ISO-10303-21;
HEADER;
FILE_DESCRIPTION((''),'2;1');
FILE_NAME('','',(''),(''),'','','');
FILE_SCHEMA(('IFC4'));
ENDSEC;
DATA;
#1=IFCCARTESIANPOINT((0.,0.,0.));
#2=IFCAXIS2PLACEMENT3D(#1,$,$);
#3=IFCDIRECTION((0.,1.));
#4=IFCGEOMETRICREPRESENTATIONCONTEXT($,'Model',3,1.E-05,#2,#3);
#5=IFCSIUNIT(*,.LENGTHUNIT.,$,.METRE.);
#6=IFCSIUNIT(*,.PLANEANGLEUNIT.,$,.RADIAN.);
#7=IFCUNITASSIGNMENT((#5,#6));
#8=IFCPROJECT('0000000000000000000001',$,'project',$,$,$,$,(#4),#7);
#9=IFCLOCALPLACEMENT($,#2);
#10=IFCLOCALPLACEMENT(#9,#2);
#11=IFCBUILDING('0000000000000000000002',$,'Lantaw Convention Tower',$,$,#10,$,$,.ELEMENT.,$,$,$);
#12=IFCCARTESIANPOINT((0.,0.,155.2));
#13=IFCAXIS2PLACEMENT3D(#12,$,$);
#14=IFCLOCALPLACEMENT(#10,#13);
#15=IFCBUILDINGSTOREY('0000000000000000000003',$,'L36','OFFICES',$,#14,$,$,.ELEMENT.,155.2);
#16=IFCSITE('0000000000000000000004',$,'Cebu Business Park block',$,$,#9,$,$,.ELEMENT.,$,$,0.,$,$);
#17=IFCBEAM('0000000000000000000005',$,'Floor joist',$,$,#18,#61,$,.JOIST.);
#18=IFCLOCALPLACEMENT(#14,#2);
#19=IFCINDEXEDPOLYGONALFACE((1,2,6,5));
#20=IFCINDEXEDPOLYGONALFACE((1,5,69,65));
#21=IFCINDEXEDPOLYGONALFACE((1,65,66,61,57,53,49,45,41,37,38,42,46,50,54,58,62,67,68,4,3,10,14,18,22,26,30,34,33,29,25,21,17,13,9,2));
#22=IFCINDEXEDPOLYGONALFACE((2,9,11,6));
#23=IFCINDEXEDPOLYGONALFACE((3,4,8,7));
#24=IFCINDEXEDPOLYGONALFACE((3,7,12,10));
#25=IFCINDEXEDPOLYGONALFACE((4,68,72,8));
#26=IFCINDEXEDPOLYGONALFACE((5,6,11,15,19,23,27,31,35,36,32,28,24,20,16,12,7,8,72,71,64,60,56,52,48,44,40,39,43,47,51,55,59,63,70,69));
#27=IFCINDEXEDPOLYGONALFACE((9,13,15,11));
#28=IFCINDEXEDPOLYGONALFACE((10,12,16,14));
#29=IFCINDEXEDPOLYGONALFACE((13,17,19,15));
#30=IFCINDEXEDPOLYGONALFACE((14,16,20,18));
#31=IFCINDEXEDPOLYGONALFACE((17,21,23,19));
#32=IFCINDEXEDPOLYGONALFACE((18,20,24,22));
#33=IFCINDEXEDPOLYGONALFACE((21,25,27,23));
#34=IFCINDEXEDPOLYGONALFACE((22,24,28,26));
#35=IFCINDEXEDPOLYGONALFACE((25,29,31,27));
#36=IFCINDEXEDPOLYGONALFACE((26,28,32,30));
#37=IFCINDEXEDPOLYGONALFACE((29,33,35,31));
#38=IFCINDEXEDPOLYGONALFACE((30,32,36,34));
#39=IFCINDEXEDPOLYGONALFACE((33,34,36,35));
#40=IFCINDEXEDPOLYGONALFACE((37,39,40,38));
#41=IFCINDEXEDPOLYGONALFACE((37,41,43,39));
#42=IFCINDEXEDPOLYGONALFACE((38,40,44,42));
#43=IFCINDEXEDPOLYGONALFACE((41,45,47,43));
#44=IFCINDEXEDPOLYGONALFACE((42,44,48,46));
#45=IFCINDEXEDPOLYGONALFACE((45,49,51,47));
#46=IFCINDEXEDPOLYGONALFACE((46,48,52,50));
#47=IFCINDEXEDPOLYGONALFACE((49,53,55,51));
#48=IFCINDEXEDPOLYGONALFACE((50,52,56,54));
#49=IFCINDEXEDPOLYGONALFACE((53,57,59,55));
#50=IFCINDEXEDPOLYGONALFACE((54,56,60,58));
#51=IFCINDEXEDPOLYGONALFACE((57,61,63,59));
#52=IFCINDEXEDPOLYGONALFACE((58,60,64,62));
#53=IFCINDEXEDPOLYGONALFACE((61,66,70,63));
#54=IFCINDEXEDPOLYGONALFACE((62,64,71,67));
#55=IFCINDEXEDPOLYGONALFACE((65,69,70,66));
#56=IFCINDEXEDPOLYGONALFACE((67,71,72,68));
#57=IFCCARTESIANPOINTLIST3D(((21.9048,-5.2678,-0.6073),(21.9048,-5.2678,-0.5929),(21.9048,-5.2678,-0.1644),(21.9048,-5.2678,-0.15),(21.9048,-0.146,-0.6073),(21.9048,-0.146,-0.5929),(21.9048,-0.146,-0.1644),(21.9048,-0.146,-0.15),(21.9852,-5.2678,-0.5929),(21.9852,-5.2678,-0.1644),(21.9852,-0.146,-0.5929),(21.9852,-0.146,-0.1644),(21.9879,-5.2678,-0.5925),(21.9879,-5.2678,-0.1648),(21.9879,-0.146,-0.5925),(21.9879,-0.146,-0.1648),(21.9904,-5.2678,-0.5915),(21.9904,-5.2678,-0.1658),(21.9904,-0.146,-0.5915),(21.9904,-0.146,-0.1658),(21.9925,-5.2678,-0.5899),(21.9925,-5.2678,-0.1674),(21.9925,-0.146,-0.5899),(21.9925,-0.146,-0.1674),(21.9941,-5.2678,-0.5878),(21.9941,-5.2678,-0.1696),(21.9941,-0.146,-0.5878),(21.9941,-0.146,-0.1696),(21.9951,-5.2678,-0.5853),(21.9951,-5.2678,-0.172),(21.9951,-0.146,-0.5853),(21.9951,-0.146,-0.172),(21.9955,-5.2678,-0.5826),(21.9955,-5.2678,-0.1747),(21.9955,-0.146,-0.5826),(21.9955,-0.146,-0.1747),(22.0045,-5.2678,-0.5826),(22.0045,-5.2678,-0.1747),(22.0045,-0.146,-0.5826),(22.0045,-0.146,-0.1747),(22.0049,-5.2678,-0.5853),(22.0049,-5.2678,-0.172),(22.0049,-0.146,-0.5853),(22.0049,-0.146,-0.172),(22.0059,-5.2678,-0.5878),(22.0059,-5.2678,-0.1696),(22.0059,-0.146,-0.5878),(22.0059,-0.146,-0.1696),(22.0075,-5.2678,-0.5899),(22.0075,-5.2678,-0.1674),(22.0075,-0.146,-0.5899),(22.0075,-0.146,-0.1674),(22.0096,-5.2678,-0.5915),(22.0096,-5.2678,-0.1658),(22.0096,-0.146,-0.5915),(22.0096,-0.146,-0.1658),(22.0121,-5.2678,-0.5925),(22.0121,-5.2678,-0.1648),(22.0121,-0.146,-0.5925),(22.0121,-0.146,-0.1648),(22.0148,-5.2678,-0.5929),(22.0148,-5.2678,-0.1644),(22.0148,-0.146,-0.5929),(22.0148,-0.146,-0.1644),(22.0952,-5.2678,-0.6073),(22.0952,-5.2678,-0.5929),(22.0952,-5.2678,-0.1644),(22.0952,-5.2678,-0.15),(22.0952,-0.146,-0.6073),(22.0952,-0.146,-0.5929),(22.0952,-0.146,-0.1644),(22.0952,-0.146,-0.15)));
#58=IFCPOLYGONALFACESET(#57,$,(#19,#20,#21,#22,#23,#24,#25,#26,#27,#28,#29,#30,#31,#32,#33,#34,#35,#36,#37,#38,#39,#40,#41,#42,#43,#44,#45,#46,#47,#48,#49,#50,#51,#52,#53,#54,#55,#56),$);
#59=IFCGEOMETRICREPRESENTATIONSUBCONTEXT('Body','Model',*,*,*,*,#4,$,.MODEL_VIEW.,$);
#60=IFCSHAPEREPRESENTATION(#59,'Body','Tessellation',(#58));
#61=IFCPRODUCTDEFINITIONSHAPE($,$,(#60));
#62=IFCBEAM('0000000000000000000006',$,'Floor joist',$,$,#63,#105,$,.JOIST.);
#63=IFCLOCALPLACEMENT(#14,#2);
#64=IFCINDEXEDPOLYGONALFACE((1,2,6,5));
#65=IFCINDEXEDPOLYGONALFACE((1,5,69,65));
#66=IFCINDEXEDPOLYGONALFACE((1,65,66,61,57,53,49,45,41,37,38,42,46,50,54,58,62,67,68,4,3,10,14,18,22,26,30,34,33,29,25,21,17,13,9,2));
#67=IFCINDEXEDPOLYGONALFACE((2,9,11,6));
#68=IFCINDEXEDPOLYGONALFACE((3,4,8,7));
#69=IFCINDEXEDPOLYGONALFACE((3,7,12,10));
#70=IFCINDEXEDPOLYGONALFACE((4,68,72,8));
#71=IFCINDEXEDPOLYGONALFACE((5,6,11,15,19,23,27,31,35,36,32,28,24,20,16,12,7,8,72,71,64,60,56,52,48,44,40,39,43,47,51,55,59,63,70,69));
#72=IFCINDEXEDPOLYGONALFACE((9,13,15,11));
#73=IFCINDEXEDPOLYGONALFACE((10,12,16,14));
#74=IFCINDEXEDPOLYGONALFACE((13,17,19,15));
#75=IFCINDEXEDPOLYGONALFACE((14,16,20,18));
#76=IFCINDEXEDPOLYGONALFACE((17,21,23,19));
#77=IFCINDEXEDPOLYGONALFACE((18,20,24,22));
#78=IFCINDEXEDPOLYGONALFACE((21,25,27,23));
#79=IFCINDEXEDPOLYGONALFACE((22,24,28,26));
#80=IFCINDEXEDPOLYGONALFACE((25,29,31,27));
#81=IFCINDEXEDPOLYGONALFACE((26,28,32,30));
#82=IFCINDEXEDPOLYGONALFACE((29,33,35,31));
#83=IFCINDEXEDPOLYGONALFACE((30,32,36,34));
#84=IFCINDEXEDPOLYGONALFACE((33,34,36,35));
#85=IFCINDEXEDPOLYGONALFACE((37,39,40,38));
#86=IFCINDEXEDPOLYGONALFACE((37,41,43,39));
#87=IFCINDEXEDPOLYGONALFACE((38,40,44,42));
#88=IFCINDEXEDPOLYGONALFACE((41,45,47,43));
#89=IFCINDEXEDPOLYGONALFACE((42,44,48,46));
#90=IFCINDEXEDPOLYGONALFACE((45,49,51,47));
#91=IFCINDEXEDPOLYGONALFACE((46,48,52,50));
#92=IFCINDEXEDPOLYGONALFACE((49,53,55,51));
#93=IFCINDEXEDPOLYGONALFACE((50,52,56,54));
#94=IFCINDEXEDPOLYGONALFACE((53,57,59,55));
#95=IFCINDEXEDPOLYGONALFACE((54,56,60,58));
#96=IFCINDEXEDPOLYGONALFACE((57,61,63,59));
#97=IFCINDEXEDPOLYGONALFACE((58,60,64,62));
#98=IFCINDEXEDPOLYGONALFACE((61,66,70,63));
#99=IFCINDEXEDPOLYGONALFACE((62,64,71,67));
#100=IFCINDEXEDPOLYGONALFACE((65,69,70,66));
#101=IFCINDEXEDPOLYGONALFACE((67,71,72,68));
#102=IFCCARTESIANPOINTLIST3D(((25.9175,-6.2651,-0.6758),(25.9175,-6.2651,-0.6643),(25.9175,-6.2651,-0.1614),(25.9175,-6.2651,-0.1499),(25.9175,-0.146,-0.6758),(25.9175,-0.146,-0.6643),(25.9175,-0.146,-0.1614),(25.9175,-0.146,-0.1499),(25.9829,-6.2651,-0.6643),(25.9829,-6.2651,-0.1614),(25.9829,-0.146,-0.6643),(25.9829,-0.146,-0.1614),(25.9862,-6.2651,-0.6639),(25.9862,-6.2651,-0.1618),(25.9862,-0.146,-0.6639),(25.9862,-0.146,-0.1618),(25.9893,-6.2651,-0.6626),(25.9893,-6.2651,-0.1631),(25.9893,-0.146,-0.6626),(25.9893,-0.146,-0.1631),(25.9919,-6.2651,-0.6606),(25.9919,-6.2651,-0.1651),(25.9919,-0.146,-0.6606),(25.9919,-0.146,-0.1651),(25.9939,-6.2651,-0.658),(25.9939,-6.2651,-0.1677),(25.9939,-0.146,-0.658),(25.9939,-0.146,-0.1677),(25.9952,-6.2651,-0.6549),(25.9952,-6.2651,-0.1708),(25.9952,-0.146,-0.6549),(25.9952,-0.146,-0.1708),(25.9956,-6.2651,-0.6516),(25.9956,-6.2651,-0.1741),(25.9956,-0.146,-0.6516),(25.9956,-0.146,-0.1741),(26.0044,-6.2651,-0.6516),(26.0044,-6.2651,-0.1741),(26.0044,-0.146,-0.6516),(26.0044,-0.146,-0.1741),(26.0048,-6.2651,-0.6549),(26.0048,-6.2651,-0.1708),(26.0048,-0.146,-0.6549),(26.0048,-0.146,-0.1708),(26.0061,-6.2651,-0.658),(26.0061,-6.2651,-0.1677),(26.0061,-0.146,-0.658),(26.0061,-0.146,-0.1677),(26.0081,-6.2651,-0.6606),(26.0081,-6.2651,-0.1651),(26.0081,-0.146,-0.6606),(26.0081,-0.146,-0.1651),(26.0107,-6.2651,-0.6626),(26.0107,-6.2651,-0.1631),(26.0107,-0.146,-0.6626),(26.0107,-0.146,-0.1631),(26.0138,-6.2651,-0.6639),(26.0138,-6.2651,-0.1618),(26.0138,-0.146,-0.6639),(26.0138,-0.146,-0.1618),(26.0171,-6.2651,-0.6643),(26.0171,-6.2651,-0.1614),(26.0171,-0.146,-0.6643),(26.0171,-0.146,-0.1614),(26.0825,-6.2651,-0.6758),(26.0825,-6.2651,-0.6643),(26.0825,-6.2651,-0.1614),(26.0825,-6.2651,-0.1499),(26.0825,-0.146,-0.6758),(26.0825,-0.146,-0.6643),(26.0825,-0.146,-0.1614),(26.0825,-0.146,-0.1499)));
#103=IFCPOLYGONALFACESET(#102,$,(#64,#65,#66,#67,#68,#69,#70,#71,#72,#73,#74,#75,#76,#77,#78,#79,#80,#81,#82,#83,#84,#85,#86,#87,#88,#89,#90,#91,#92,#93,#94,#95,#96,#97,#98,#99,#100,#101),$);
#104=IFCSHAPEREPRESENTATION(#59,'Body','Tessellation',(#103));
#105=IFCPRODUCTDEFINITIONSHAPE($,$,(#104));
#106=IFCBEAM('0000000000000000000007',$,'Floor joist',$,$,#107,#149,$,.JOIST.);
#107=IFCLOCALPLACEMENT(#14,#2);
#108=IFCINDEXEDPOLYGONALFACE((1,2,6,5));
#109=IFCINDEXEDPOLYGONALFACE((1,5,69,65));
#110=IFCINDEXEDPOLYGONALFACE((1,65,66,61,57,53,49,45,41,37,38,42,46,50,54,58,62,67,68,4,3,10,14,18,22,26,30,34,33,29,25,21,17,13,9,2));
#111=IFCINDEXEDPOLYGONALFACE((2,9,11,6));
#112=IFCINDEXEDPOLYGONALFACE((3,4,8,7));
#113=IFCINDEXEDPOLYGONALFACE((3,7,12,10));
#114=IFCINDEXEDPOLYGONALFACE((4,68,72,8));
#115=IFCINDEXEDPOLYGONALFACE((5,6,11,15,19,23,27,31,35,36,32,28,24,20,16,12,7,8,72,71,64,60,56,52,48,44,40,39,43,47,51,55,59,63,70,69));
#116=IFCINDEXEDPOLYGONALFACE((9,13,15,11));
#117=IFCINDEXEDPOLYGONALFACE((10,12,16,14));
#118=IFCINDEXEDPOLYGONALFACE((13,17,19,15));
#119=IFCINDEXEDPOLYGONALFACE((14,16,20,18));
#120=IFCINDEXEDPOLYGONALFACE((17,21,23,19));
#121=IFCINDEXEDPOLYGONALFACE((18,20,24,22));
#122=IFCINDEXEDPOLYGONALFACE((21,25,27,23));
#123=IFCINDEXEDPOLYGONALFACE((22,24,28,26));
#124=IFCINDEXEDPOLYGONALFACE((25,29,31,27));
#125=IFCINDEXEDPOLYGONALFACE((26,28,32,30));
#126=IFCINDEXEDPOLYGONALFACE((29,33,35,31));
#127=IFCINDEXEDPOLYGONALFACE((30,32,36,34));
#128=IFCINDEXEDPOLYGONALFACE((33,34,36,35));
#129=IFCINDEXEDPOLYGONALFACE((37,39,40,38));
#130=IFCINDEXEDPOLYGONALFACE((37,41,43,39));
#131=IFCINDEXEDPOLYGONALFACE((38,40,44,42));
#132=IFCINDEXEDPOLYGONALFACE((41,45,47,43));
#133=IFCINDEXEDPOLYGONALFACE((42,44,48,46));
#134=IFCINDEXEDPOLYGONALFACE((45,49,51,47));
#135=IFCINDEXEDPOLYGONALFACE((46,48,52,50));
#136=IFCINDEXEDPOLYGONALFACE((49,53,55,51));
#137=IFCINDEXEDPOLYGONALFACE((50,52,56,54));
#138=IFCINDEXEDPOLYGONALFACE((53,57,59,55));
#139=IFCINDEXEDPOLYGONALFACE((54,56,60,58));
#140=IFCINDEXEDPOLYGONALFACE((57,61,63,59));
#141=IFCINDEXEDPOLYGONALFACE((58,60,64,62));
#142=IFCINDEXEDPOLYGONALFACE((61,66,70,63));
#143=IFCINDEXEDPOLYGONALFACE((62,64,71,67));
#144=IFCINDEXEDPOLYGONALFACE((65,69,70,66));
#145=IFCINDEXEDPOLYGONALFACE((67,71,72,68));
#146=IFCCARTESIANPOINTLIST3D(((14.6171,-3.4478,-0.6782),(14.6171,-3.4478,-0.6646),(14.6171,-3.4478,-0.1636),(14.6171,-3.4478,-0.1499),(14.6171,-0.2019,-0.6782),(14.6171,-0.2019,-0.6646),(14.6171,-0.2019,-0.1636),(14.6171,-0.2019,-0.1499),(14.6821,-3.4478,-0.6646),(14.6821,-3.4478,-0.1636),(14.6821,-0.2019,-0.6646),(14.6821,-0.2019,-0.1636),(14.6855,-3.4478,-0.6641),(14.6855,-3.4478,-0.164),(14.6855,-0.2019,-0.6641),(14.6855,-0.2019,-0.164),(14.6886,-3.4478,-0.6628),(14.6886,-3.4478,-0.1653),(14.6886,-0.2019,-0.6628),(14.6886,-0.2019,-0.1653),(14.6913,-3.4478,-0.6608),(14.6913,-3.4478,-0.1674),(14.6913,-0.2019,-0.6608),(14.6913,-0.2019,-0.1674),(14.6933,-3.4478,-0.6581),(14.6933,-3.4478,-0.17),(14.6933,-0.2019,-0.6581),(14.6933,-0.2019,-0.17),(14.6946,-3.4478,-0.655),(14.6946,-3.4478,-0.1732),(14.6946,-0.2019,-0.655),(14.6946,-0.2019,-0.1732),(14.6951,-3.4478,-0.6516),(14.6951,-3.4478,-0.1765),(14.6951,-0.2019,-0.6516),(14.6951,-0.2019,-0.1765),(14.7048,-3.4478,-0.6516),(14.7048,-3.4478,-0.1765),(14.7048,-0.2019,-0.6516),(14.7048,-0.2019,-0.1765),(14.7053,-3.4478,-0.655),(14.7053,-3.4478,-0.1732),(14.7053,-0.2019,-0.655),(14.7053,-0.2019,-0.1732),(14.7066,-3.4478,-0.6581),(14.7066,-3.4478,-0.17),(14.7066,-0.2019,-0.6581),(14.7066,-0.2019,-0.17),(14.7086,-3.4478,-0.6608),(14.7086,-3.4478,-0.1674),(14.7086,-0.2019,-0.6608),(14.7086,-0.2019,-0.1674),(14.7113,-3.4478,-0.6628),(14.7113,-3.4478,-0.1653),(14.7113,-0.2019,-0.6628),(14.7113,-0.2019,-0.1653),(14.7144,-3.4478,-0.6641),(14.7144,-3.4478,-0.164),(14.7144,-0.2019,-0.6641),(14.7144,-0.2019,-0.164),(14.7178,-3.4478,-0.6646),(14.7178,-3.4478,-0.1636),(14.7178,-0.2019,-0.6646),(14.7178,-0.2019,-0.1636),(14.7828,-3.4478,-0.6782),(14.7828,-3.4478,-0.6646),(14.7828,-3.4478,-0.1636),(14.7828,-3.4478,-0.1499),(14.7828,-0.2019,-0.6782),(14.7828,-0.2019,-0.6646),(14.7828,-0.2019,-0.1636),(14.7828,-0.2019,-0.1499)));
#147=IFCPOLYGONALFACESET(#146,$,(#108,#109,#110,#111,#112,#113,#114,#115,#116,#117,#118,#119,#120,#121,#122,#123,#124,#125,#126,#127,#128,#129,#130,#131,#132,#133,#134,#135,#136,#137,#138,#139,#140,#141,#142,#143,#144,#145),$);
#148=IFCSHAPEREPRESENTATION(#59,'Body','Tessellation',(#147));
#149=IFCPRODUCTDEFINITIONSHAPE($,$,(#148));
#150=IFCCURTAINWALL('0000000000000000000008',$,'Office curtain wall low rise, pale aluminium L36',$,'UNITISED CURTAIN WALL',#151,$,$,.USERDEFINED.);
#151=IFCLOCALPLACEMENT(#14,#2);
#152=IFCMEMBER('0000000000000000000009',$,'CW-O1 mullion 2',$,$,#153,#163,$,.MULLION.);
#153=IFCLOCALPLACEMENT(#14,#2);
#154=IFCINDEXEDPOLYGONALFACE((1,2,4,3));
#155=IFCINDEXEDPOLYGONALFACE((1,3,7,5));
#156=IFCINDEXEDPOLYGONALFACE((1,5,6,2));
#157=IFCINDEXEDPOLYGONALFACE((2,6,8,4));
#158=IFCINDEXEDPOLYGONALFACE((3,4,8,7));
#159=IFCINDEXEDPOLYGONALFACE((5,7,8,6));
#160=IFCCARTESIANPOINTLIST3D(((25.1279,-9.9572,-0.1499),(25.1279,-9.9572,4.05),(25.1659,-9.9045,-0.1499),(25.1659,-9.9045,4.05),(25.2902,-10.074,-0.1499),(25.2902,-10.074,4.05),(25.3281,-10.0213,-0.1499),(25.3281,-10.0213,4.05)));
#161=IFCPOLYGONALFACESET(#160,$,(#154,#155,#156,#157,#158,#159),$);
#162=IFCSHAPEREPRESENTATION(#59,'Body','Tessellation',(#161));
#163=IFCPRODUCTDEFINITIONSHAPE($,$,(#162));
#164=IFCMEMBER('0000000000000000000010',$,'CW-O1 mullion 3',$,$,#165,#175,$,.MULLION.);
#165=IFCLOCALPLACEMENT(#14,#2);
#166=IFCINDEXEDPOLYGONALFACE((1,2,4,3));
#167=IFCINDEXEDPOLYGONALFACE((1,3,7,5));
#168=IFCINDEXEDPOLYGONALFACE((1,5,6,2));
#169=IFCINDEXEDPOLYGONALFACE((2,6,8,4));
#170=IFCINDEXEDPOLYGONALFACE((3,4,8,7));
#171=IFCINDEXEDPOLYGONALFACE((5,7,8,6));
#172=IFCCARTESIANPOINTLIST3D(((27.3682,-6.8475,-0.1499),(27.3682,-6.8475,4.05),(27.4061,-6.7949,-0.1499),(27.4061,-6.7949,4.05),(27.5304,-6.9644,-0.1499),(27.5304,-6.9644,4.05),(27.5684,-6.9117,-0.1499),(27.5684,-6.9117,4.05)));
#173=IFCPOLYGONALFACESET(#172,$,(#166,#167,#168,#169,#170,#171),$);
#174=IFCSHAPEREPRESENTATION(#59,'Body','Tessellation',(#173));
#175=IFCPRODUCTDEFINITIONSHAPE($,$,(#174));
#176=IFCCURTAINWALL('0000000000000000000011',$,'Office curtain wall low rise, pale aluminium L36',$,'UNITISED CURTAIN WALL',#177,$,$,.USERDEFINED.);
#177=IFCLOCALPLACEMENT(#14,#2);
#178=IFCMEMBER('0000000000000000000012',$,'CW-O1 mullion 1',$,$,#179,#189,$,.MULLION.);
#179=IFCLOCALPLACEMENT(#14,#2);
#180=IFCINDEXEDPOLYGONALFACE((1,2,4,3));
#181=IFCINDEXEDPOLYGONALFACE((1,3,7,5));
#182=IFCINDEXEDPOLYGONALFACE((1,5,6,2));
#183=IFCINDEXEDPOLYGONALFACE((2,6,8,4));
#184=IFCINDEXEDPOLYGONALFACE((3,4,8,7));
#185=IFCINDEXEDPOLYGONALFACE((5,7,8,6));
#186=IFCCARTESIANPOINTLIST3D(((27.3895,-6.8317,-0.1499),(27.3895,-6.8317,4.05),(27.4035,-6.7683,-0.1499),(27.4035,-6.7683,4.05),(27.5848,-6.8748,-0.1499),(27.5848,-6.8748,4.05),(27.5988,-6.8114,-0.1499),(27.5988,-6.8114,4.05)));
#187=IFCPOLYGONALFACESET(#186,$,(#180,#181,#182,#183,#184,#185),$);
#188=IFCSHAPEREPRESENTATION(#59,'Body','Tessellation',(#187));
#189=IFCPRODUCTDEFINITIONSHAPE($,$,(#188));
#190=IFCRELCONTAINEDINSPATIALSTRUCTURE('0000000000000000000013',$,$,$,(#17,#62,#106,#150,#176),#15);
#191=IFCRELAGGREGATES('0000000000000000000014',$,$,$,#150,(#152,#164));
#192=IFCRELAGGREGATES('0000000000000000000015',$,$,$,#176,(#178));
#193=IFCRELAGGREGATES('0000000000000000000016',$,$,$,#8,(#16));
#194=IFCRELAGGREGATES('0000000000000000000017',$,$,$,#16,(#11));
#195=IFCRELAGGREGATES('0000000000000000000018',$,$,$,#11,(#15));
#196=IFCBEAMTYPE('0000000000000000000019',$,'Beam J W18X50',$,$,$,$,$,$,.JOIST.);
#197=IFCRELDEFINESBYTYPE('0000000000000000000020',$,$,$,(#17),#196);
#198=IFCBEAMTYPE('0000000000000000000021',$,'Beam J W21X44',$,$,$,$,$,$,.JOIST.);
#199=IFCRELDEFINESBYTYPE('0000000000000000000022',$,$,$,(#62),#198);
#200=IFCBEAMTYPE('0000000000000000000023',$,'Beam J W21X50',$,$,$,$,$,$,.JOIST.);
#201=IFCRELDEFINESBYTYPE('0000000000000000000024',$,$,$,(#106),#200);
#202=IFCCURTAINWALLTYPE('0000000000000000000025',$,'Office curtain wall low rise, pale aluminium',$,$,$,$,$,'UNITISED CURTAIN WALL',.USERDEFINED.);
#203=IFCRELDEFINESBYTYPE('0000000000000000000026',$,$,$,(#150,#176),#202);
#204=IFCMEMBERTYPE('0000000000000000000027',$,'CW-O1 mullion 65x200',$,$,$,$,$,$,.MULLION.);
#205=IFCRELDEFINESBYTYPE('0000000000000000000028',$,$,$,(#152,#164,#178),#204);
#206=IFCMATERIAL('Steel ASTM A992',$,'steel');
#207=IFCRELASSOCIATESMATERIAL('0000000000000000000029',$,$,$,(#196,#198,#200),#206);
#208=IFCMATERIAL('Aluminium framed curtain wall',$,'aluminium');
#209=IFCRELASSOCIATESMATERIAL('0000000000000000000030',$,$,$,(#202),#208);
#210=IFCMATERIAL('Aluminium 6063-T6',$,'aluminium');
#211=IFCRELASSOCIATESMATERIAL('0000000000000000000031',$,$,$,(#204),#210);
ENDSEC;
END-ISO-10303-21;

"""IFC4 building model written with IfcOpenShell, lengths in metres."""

from ifc_helpers import new_model, si_unit, direction, frame, origin, origin_2d, place, context, subcontext, project, spatial, rectangle, i_section, extrude, material, material_profile, profile_set, type_object, element, aggregate, save


model = new_model("IFC4")

# Units and contexts
model_context = context("Model", 3, precision=1e-05, world=origin(), true_north=direction((0.0, 1.0)))
body_context = subcontext(model_context, "Body", "Model", "MODEL_VIEW")
ifc_project = project(units=[si_unit("LENGTHUNIT", "METRE"), si_unit("PLANEANGLEUNIT", "RADIAN")], contexts=[model_context])

# Site, building, storey
site_placement = place(None, origin())
site = spatial("IfcSite", under=ifc_project, at=site_placement, Name="Cebu Business Park block", CompositionType="ELEMENT", RefElevation=0.0)
building_placement = place(site_placement, origin())
building = spatial("IfcBuilding", under=site, at=building_placement, Name="Lantaw Convention Tower", CompositionType="ELEMENT")
storey_placement = place(building_placement, frame((0.0, 0.0, 155.2)))
storey = spatial("IfcBuildingStorey", under=building, at=storey_placement, Name="L36", Description="OFFICES", CompositionType="ELEMENT", Elevation=155.2)

# Beams
ifc_material_1 = material(Name="Steel ASTM A992", Category="steel")
ifc_material_profile_1 = material_profile(ifc_material_1, i_section(OverallWidth=0.1904, OverallDepth=0.4573, WebThickness=0.009, FlangeThickness=0.0144, FilletRadius=0.0103, at=origin_2d()), Name="W18X50")
ifc_profile_set_1 = profile_set([ifc_material_profile_1], Name="Steel ASTM A992")
beam_type_1 = type_object("IfcBeamType", Name="Beam J W18X50", PredefinedType="JOIST", material=ifc_profile_set_1)
beam_1_placement = place(storey_placement, frame((22.0, -5.2678, -0.3787), z_axis=(0.0, 1.0, 0.0), x_axis=(-1.0, 0.0, 0.0)))
element("IfcBeam", 1, at=beam_1_placement, inside=storey, type_object=beam_type_1, Name="Floor joist", PredefinedType="JOIST", context=body_context, shape_type="SweptSolid", body=[
    extrude(i_section(OverallWidth=0.1904, OverallDepth=0.4573, WebThickness=0.009, FlangeThickness=0.0144, FilletRadius=0.0103, at=origin_2d()), origin(), (0.0, 0.0, 1.0), 5.1218),
])
ifc_material_profile_2 = material_profile(ifc_material_1, i_section(OverallWidth=0.165, OverallDepth=0.5259, WebThickness=0.0088, FlangeThickness=0.0115, FilletRadius=0.0127, at=origin_2d()), Name="W21X44")
ifc_profile_set_2 = profile_set([ifc_material_profile_2], Name="Steel ASTM A992")
beam_type_2 = type_object("IfcBeamType", Name="Beam J W21X44", PredefinedType="JOIST", material=ifc_profile_set_2)
beam_2_placement = place(storey_placement, frame((26.0, -6.2651, -0.4128), z_axis=(0.0, 1.0, 0.0), x_axis=(-1.0, 0.0, 0.0)))
element("IfcBeam", 2, at=beam_2_placement, inside=storey, type_object=beam_type_2, Name="Floor joist", PredefinedType="JOIST", context=body_context, shape_type="SweptSolid", body=[
    extrude(i_section(OverallWidth=0.165, OverallDepth=0.5259, WebThickness=0.0088, FlangeThickness=0.0115, FilletRadius=0.0127, at=origin_2d()), origin(), (0.0, 0.0, 1.0), 6.1191),
])
ifc_material_profile_3 = material_profile(ifc_material_1, i_section(OverallWidth=0.1658, OverallDepth=0.5283, WebThickness=0.0098, FlangeThickness=0.0137, FilletRadius=0.0129, at=origin_2d()), Name="W21X50")
ifc_profile_set_3 = profile_set([ifc_material_profile_3], Name="Steel ASTM A992")
beam_type_3 = type_object("IfcBeamType", Name="Beam J W21X50", PredefinedType="JOIST", material=ifc_profile_set_3)
beam_3_placement = place(storey_placement, frame((14.7, -3.4478, -0.4141), z_axis=(0.0, 1.0, 0.0), x_axis=(-1.0, 0.0, 0.0)))
element("IfcBeam", 3, at=beam_3_placement, inside=storey, type_object=beam_type_3, Name="Floor joist", PredefinedType="JOIST", context=body_context, shape_type="SweptSolid", body=[
    extrude(i_section(OverallWidth=0.1658, OverallDepth=0.5283, WebThickness=0.0098, FlangeThickness=0.0137, FilletRadius=0.0129, at=origin_2d()), origin(), (0.0, 0.0, 1.0), 3.2458),
])

# Curtain walls, members
ifc_material_2 = material(Name="Aluminium framed curtain wall", Category="aluminium")
curtain_wall_type = type_object("IfcCurtainWallType", Name="Office curtain wall low rise, pale aluminium", ElementType="UNITISED CURTAIN WALL", PredefinedType="USERDEFINED", material=ifc_material_2)
curtain_wall_1_placement = place(storey_placement, origin())
curtain_wall_1 = element("IfcCurtainWall", 4, at=curtain_wall_1_placement, inside=storey, type_object=curtain_wall_type, Name="Office curtain wall low rise, pale aluminium L36", ObjectType="UNITISED CURTAIN WALL", PredefinedType="USERDEFINED")
ifc_material_3 = material(Name="Aluminium 6063-T6", Category="aluminium")
ifc_material_profile_4 = material_profile(ifc_material_3, rectangle(XDim=0.2, YDim=0.0649, at=origin_2d()), Name="CW-O1 mullion 65x200")
ifc_profile_set_4 = profile_set([ifc_material_profile_4], Name="Aluminium 6063-T6")
member_type_1 = type_object("IfcMemberType", Name="CW-O1 mullion 65x200", PredefinedType="MULLION", material=ifc_profile_set_4)
member_1_placement = place(storey_placement, frame((25.228, -9.9893, -0.1499), z_axis=(0.0, 0.0, 1.0), x_axis=(-0.811385, 0.584513, 0.0)))
member_1 = element("IfcMember", 5, at=member_1_placement, type_object=member_type_1, Name="CW-O1 mullion 2", PredefinedType="MULLION", context=body_context, shape_type="SweptSolid", body=[
    extrude(rectangle(XDim=0.2, YDim=0.0649, at=origin_2d()), origin(), (0.0, 0.0, 1.0), 4.2),
])
member_2_placement = place(storey_placement, frame((27.4683, -6.8796, -0.1499), z_axis=(0.0, 0.0, 1.0), x_axis=(-0.811385, 0.584513, 0.0)))
member_2 = element("IfcMember", 6, at=member_2_placement, type_object=member_type_1, Name="CW-O1 mullion 3", PredefinedType="MULLION", context=body_context, shape_type="SweptSolid", body=[
    extrude(rectangle(XDim=0.2, YDim=0.0649, at=origin_2d()), origin(), (0.0, 0.0, 1.0), 4.2),
])
curtain_wall_2_placement = place(storey_placement, origin())
curtain_wall_2 = element("IfcCurtainWall", 7, at=curtain_wall_2_placement, inside=storey, type_object=curtain_wall_type, Name="Office curtain wall low rise, pale aluminium L36", ObjectType="UNITISED CURTAIN WALL", PredefinedType="USERDEFINED")
member_3_placement = place(storey_placement, frame((27.4941, -6.8215, -0.1499), z_axis=(0.0, 0.0, 1.0), x_axis=(-0.976494, 0.215546, 0.0)))
member_3 = element("IfcMember", 8, at=member_3_placement, type_object=member_type_1, Name="CW-O1 mullion 1", PredefinedType="MULLION", context=body_context, shape_type="SweptSolid", body=[
    extrude(rectangle(XDim=0.2, YDim=0.0649, at=origin_2d()), origin(), (0.0, 0.0, 1.0), 4.2),
])

aggregate(curtain_wall_1, [member_1, member_2])
aggregate(curtain_wall_2, [member_3])

save(model, "model.ifc")
